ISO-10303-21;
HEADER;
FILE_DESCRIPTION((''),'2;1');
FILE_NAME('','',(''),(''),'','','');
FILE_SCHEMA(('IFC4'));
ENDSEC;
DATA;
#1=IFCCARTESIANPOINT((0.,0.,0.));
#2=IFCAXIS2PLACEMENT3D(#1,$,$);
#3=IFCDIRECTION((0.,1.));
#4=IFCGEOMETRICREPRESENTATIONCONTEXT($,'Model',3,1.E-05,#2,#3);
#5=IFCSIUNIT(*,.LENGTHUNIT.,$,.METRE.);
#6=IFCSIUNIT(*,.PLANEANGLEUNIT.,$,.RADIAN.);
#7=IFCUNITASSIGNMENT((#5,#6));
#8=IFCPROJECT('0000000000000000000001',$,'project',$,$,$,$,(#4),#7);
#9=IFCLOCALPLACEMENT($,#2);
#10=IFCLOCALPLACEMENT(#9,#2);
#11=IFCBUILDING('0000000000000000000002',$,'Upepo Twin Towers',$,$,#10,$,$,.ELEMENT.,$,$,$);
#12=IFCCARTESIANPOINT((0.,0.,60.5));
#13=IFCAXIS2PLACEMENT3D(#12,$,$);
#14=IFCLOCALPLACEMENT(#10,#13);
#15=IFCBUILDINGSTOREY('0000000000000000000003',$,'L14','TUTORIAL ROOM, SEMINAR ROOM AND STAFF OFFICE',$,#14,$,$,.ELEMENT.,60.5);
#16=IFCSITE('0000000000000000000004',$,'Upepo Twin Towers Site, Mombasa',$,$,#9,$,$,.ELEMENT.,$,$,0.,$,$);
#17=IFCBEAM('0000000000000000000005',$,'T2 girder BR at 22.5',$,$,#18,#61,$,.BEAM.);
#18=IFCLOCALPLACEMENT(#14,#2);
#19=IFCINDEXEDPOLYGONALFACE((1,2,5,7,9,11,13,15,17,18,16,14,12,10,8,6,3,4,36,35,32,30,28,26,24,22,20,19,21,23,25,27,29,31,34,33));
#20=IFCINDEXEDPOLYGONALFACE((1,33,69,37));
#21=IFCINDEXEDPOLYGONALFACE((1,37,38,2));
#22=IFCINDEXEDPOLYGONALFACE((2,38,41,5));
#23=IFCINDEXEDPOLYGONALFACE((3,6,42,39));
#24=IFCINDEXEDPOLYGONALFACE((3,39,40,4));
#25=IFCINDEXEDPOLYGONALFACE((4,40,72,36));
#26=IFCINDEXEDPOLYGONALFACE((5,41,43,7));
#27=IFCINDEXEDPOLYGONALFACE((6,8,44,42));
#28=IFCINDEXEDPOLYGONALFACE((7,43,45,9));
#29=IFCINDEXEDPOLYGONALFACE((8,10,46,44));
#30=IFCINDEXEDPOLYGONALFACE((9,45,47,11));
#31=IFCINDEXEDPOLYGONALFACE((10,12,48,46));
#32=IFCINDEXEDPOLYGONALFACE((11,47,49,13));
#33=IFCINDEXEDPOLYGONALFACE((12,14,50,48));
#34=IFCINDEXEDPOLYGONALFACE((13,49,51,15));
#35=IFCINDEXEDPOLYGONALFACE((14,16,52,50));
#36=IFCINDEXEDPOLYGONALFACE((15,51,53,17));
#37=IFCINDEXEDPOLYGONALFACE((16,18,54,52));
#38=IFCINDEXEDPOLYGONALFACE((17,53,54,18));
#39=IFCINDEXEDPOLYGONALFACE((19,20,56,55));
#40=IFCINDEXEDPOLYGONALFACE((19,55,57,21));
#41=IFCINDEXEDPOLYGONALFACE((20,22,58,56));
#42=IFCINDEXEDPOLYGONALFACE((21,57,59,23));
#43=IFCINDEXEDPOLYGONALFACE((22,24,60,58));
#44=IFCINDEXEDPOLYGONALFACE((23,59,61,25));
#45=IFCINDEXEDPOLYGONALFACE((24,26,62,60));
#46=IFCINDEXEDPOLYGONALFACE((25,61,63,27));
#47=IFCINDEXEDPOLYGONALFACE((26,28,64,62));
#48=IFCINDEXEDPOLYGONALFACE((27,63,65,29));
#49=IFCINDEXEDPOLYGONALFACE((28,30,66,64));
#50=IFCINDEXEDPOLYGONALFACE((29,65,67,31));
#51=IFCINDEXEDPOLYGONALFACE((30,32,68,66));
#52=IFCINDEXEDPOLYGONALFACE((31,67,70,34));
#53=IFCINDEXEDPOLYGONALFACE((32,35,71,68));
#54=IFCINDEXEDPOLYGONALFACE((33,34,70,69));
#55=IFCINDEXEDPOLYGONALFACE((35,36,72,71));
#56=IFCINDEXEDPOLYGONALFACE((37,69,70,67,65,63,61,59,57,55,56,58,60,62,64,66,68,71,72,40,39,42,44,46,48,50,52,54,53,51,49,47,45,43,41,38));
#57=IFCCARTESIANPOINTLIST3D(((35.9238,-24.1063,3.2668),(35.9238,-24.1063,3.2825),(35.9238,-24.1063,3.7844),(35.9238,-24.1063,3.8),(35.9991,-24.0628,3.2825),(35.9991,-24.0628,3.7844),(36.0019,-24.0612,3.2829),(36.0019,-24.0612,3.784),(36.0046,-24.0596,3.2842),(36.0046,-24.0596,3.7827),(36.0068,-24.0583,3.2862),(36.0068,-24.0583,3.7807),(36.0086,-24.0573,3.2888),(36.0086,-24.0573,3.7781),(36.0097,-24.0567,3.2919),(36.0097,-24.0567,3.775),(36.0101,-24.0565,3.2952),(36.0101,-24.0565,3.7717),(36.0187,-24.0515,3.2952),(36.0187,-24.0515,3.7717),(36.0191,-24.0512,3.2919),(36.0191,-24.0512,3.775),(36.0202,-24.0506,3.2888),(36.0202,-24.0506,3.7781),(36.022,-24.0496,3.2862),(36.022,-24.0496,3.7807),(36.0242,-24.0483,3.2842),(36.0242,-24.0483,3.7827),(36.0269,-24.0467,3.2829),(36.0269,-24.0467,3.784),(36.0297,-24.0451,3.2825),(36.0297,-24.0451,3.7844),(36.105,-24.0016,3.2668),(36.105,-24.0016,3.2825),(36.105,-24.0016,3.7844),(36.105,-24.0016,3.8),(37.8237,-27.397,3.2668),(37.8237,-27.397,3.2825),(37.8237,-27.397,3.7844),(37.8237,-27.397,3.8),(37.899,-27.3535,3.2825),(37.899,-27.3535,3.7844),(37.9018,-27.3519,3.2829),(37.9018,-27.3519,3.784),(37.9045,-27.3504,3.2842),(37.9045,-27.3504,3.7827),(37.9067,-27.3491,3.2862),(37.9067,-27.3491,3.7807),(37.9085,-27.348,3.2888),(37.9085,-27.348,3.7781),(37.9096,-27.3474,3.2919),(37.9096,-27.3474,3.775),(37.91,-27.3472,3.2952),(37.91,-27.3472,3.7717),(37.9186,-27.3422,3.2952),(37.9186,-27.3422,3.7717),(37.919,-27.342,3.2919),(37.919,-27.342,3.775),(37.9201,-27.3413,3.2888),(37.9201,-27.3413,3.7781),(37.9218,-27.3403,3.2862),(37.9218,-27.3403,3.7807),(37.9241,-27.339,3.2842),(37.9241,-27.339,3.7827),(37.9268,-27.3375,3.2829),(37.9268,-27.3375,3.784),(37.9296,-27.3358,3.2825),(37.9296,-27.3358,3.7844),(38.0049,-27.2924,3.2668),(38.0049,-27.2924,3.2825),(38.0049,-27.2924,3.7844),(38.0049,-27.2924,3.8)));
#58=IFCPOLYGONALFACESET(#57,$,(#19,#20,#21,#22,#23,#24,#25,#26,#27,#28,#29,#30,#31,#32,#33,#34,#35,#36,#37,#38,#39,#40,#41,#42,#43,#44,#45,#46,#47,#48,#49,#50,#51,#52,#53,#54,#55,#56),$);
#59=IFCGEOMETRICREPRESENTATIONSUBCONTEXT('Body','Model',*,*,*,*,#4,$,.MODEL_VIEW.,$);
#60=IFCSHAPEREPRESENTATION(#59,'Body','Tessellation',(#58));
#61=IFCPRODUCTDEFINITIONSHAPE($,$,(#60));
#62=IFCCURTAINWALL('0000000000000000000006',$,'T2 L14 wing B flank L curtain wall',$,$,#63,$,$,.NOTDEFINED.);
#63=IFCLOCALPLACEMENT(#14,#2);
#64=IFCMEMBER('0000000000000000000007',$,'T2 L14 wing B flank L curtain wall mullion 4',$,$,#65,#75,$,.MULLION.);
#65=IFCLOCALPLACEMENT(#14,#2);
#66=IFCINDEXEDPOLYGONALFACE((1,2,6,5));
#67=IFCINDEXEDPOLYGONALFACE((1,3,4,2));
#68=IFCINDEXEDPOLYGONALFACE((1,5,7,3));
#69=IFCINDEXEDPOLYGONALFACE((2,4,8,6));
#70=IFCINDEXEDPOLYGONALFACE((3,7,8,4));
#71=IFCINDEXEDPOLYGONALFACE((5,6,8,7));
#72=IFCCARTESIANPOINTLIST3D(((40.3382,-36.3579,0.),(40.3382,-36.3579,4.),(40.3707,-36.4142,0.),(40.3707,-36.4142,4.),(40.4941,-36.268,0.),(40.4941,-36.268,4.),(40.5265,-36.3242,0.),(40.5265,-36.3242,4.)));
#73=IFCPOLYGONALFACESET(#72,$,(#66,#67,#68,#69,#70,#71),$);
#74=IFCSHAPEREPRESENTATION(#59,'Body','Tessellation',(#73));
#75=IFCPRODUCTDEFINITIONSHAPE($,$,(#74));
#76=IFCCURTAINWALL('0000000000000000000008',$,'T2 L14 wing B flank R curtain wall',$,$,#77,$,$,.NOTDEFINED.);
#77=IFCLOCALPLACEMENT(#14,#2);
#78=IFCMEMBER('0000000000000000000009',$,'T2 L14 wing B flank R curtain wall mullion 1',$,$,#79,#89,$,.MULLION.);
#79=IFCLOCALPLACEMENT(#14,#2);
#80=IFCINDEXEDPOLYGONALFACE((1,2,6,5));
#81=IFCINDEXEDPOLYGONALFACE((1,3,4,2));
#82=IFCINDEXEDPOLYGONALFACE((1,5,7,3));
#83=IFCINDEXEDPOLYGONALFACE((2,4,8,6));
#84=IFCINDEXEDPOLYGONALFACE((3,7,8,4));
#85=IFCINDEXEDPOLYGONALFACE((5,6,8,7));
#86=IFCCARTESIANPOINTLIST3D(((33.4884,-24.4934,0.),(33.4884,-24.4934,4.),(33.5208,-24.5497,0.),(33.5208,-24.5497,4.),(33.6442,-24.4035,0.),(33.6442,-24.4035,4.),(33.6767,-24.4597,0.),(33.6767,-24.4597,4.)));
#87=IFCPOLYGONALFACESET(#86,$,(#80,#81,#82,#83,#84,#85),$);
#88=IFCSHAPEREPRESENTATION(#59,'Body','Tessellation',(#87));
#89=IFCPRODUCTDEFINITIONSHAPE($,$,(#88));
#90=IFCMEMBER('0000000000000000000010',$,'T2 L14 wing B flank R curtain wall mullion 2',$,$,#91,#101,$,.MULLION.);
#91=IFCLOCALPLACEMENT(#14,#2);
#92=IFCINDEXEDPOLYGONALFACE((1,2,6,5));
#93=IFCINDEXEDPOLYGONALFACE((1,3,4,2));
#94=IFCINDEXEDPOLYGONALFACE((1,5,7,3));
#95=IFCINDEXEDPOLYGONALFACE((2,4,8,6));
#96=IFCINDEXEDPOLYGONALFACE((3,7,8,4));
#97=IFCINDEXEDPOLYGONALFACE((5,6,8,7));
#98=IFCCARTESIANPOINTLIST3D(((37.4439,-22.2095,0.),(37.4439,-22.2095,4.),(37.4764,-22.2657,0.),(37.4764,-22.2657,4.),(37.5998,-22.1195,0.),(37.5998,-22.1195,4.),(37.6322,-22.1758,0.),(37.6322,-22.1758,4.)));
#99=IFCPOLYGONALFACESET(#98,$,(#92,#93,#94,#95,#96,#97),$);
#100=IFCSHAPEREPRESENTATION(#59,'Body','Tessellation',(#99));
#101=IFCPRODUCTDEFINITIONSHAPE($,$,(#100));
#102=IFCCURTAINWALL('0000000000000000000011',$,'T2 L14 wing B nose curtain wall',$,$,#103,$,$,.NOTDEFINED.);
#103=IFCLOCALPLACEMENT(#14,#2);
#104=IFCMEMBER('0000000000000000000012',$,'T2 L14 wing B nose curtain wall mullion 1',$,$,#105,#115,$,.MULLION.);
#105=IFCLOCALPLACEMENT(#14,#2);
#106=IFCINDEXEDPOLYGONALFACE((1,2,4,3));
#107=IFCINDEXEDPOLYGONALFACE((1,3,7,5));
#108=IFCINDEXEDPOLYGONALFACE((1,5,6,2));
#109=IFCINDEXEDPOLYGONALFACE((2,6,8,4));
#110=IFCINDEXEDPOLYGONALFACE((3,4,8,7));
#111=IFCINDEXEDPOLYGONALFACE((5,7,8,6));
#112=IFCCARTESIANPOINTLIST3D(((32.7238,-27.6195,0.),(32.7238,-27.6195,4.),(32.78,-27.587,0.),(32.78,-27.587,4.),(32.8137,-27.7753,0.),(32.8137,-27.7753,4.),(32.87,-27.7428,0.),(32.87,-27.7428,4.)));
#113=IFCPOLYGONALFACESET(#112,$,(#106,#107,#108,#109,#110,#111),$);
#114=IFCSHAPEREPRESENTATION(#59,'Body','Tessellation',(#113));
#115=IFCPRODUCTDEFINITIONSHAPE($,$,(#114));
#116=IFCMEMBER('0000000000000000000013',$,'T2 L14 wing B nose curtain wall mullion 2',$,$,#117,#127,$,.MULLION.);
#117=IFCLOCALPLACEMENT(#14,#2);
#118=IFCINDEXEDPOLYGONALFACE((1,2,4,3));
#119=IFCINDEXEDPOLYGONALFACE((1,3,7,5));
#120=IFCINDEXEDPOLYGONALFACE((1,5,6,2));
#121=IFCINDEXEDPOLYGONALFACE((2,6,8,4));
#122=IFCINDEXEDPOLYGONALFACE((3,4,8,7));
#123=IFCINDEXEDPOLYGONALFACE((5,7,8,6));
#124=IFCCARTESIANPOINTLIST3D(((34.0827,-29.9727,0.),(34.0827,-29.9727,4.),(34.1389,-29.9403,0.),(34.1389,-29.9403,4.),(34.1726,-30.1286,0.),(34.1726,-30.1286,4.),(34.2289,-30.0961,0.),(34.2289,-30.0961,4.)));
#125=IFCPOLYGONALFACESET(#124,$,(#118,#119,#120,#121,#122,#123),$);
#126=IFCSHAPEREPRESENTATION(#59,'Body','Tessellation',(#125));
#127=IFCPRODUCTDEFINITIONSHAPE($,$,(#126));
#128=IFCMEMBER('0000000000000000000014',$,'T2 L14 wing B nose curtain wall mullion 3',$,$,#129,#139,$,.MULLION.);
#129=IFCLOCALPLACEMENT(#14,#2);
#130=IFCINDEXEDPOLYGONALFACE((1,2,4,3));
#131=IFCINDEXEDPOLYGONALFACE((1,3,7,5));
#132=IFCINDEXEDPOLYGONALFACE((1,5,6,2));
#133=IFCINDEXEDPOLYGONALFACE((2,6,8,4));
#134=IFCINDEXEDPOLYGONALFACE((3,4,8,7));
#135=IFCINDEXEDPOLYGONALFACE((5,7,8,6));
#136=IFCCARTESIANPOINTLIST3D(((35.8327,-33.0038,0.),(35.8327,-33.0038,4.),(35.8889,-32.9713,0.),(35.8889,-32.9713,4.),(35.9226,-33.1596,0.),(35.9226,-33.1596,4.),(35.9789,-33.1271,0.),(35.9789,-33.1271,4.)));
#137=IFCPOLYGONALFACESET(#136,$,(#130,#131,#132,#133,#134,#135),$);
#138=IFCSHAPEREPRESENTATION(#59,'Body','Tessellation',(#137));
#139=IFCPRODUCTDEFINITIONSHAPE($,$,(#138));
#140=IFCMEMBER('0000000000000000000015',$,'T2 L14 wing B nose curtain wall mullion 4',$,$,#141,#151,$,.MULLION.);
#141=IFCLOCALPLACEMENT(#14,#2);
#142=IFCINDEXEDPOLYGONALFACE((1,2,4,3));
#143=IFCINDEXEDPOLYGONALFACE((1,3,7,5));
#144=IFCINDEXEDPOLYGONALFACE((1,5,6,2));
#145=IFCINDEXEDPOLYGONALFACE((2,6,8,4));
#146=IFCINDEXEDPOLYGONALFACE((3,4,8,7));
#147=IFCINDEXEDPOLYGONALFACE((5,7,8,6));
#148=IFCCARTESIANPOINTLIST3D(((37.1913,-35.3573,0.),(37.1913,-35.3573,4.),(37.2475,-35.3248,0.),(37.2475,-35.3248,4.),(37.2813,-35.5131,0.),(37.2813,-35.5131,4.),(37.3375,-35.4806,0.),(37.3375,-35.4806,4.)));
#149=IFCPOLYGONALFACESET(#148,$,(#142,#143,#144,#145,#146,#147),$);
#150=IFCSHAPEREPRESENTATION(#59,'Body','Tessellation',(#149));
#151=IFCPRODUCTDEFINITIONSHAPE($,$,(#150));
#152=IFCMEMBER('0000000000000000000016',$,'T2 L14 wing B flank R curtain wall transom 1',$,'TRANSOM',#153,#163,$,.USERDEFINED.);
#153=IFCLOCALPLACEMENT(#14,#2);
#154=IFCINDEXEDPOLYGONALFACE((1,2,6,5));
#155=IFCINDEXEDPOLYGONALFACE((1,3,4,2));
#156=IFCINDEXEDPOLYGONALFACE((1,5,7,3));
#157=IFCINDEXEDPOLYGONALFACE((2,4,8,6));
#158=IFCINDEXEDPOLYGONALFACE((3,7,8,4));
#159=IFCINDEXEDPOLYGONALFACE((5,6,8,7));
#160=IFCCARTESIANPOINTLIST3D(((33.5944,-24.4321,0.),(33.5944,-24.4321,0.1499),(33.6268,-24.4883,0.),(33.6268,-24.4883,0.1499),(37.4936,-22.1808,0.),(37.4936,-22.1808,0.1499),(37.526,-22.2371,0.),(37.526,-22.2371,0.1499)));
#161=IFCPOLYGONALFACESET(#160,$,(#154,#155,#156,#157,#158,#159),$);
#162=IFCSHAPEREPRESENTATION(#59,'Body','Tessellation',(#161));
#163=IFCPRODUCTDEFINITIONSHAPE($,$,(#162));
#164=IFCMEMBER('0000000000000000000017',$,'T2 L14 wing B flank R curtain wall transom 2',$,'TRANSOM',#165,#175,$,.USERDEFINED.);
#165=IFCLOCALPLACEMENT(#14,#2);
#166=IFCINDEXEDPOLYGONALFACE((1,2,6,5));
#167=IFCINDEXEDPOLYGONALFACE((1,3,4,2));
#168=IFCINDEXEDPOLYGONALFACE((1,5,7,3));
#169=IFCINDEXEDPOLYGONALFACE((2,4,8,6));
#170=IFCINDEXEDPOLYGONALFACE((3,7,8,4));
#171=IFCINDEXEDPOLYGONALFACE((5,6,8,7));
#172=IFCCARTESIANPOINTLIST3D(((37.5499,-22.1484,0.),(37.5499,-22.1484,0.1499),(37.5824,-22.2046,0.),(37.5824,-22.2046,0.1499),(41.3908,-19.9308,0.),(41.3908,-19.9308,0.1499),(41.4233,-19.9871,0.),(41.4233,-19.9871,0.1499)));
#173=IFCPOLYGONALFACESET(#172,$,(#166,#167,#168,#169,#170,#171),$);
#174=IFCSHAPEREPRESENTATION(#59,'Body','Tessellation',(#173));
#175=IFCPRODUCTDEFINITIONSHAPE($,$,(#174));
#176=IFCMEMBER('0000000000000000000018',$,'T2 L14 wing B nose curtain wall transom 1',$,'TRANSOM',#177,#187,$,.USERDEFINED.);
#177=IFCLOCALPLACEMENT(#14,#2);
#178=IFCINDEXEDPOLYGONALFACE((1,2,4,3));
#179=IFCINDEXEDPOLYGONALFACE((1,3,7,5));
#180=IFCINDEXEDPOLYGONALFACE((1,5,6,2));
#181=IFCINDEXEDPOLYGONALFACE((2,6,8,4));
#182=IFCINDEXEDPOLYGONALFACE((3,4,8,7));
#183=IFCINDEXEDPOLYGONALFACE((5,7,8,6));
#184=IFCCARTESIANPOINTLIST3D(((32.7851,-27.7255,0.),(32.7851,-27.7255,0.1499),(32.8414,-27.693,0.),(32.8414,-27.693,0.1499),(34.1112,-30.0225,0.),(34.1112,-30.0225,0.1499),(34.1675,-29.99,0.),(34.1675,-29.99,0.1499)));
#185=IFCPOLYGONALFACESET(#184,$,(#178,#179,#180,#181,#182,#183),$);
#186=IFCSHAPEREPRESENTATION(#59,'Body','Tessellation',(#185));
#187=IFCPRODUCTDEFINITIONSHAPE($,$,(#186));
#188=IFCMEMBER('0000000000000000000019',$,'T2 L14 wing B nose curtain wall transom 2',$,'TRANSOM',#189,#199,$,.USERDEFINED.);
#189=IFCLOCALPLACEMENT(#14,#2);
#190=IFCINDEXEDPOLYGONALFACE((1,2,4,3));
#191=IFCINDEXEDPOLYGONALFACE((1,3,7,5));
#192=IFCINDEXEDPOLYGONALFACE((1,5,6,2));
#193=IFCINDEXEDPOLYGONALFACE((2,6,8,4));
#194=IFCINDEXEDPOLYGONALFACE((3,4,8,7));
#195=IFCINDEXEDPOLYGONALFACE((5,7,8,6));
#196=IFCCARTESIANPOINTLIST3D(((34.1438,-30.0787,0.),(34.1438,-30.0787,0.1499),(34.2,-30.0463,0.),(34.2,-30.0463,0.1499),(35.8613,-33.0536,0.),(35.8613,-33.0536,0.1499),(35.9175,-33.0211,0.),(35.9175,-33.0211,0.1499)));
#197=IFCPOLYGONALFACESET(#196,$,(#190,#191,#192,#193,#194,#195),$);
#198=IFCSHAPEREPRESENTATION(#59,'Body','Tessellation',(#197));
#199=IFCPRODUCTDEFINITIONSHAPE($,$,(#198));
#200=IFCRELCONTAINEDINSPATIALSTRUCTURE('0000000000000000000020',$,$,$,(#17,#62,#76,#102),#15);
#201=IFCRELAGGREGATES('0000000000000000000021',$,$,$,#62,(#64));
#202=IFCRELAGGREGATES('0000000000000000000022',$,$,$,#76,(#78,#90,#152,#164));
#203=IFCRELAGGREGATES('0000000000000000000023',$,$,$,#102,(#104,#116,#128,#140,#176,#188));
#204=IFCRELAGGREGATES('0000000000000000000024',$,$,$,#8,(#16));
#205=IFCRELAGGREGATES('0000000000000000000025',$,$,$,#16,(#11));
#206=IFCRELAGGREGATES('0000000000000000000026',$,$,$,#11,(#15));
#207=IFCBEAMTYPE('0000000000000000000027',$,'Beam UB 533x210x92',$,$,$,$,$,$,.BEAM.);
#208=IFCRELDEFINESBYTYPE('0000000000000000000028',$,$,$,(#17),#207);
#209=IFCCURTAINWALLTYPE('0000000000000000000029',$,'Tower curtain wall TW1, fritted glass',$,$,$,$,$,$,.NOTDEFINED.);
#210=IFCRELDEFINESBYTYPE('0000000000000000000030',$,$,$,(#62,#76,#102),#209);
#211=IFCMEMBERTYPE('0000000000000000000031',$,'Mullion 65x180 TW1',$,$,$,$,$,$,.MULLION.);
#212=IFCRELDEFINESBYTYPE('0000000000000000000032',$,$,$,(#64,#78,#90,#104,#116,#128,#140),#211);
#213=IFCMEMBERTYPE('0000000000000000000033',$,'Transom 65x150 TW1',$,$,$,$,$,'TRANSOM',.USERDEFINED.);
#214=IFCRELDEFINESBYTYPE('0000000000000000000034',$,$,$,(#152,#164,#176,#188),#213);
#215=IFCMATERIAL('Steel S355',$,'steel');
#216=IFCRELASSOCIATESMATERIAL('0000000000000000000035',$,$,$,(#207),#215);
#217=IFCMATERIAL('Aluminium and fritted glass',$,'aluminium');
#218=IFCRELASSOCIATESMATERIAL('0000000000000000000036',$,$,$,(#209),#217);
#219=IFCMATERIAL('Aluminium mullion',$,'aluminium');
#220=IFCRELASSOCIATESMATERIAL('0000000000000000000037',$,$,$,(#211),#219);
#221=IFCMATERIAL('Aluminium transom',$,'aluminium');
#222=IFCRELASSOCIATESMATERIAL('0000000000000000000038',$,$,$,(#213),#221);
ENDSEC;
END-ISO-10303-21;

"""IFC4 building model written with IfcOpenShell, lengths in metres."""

from ifc_helpers import new_model, si_unit, direction, frame, origin, origin_2d, place, context, subcontext, project, spatial, rectangle, i_section, extrude, material, material_profile, profile_set, type_object, element, aggregate, save


model = new_model("IFC4")

# Units and contexts
model_context = context("Model", 3, precision=1e-05, world=origin(), true_north=direction((0.0, 1.0)))
body_context = subcontext(model_context, "Body", "Model", "MODEL_VIEW")
ifc_project = project(units=[si_unit("LENGTHUNIT", "METRE"), si_unit("PLANEANGLEUNIT", "RADIAN")], contexts=[model_context])

# Site, building, storey
site_placement = place(None, origin())
site = spatial("IfcSite", under=ifc_project, at=site_placement, Name="Upepo Twin Towers Site, Mombasa", CompositionType="ELEMENT", RefElevation=0.0)
building_placement = place(site_placement, origin())
building = spatial("IfcBuilding", under=site, at=building_placement, Name="Upepo Twin Towers", CompositionType="ELEMENT")
storey_placement = place(building_placement, frame((0.0, 0.0, 60.5)))
storey = spatial("IfcBuildingStorey", under=building, at=storey_placement, Name="L14", Description="TUTORIAL ROOM, SEMINAR ROOM AND STAFF OFFICE", CompositionType="ELEMENT", Elevation=60.5)

# Beam
ifc_material_1 = material(Name="Steel S355", Category="steel")
ifc_material_profile_1 = material_profile(ifc_material_1, i_section(OverallWidth=0.2092, OverallDepth=0.5332, WebThickness=0.01, FlangeThickness=0.0156, FilletRadius=0.0127, at=origin_2d()), Name="UB 533x210x92")
ifc_profile_set_1 = profile_set([ifc_material_profile_1], Name="Steel S355")
beam_type_1 = type_object("IfcBeamType", Name="Beam UB 533x210x92", PredefinedType="BEAM", material=ifc_profile_set_1)
beam_1_placement = place(storey_placement, frame((36.0144, -24.054, 3.5334), z_axis=(0.499995, -0.866028, 0.0), x_axis=(0.866028, 0.499995, 0.0)))
element("IfcBeam", 1, at=beam_1_placement, inside=storey, type_object=beam_type_1, Name="T2 girder BR at 22.5", PredefinedType="BEAM", context=body_context, shape_type="SweptSolid", body=[
    extrude(i_section(OverallWidth=0.2092, OverallDepth=0.5332, WebThickness=0.01, FlangeThickness=0.0156, FilletRadius=0.0127, at=origin_2d()), origin(), (0.0, 0.0, 1.0), 3.7998),
])

# Curtain wall, member
ifc_material_2 = material(Name="Aluminium and fritted glass", Category="aluminium")
curtain_wall_type = type_object("IfcCurtainWallType", Name="Tower curtain wall TW1, fritted glass", PredefinedType="NOTDEFINED", material=ifc_material_2)
curtain_wall_1_placement = place(storey_placement, origin())
curtain_wall_1 = element("IfcCurtainWall", 2, at=curtain_wall_1_placement, inside=storey, type_object=curtain_wall_type, Name="T2 L14 wing B flank L curtain wall", PredefinedType="NOTDEFINED")
ifc_material_3 = material(Name="Aluminium mullion", Category="aluminium")
ifc_material_profile_2 = material_profile(ifc_material_3, rectangle(XDim=0.0649, YDim=0.1799, at=origin_2d()), Name="MULLION 65x180")
ifc_profile_set_2 = profile_set([ifc_material_profile_2], Name="Aluminium mullion")
member_type_1 = type_object("IfcMemberType", Name="Mullion 65x180 TW1", PredefinedType="MULLION", material=ifc_profile_set_2)
member_1_placement = place(storey_placement, frame((40.4324, -36.3411, 0.0), z_axis=(0.0, 0.0, 1.0), x_axis=(0.5, -0.866025, 0.0)))
member_1 = element("IfcMember", 3, at=member_1_placement, type_object=member_type_1, Name="T2 L14 wing B flank L curtain wall mullion 4", PredefinedType="MULLION", context=body_context, shape_type="SweptSolid", body=[
    extrude(rectangle(XDim=0.0649, YDim=0.1799, at=origin_2d()), origin(), (0.0, 0.0, 1.0), 4.0),
])
aggregate(curtain_wall_1, [member_1])

# Curtain walls, members
curtain_wall_2_placement = place(storey_placement, origin())
curtain_wall_2 = element("IfcCurtainWall", 4, at=curtain_wall_2_placement, inside=storey, type_object=curtain_wall_type, Name="T2 L14 wing B flank R curtain wall", PredefinedType="NOTDEFINED")
member_2_placement = place(storey_placement, frame((33.5825, -24.4766, 0.0), z_axis=(0.0, 0.0, 1.0), x_axis=(-0.5, 0.866025, 0.0)))
member_2 = element("IfcMember", 5, at=member_2_placement, type_object=member_type_1, Name="T2 L14 wing B flank R curtain wall mullion 1", PredefinedType="MULLION", context=body_context, shape_type="SweptSolid", body=[
    extrude(rectangle(XDim=0.0649, YDim=0.1799, at=origin_2d()), origin(), (0.0, 0.0, 1.0), 4.0),
])
member_3_placement = place(storey_placement, frame((37.5381, -22.1926, 0.0), z_axis=(0.0, 0.0, 1.0), x_axis=(-0.5, 0.866025, 0.0)))
member_3 = element("IfcMember", 6, at=member_3_placement, type_object=member_type_1, Name="T2 L14 wing B flank R curtain wall mullion 2", PredefinedType="MULLION", context=body_context, shape_type="SweptSolid", body=[
    extrude(rectangle(XDim=0.0649, YDim=0.1799, at=origin_2d()), origin(), (0.0, 0.0, 1.0), 4.0),
])
curtain_wall_3_placement = place(storey_placement, origin())
curtain_wall_3 = element("IfcCurtainWall", 7, at=curtain_wall_3_placement, inside=storey, type_object=curtain_wall_type, Name="T2 L14 wing B nose curtain wall", PredefinedType="NOTDEFINED")
member_4_placement = place(storey_placement, frame((32.7969, -27.6812, 0.0), z_axis=(0.0, 0.0, 1.0), x_axis=(0.866025, 0.5, 0.0)))
member_4 = element("IfcMember", 8, at=member_4_placement, type_object=member_type_1, Name="T2 L14 wing B nose curtain wall mullion 1", PredefinedType="MULLION", context=body_context, shape_type="SweptSolid", body=[
    extrude(rectangle(XDim=0.0649, YDim=0.1799, at=origin_2d()), origin(), (0.0, 0.0, 1.0), 4.0),
])
member_5_placement = place(storey_placement, frame((34.1558, -30.0344, 0.0), z_axis=(0.0, 0.0, 1.0), x_axis=(0.866025, 0.5, 0.0)))
member_5 = element("IfcMember", 9, at=member_5_placement, type_object=member_type_1, Name="T2 L14 wing B nose curtain wall mullion 2", PredefinedType="MULLION", context=body_context, shape_type="SweptSolid", body=[
    extrude(rectangle(XDim=0.0649, YDim=0.1799, at=origin_2d()), origin(), (0.0, 0.0, 1.0), 4.0),
])
member_6_placement = place(storey_placement, frame((35.9058, -33.0654, 0.0), z_axis=(0.0, 0.0, 1.0), x_axis=(0.866025, 0.5, 0.0)))
member_6 = element("IfcMember", 10, at=member_6_placement, type_object=member_type_1, Name="T2 L14 wing B nose curtain wall mullion 3", PredefinedType="MULLION", context=body_context, shape_type="SweptSolid", body=[
    extrude(rectangle(XDim=0.0649, YDim=0.1799, at=origin_2d()), origin(), (0.0, 0.0, 1.0), 4.0),
])
member_7_placement = place(storey_placement, frame((37.2644, -35.4189, 0.0), z_axis=(0.0, 0.0, 1.0), x_axis=(0.866025, 0.5, 0.0)))
member_7 = element("IfcMember", 11, at=member_7_placement, type_object=member_type_1, Name="T2 L14 wing B nose curtain wall mullion 4", PredefinedType="MULLION", context=body_context, shape_type="SweptSolid", body=[
    extrude(rectangle(XDim=0.0649, YDim=0.1799, at=origin_2d()), origin(), (0.0, 0.0, 1.0), 4.0),
])

# Members
ifc_material_4 = material(Name="Aluminium transom", Category="aluminium")
ifc_material_profile_3 = material_profile(ifc_material_4, rectangle(XDim=0.0649, YDim=0.1499, at=origin_2d()), Name="TRANSOM 65x150")
ifc_profile_set_3 = profile_set([ifc_material_profile_3], Name="Aluminium transom")
member_type_2 = type_object("IfcMemberType", Name="Transom 65x150 TW1", ElementType="TRANSOM", PredefinedType="USERDEFINED", material=ifc_profile_set_3)
member_8_placement = place(storey_placement, frame((33.6106, -24.4602, 0.075), z_axis=(0.866022, 0.500006, 0.0), x_axis=(-0.500006, 0.866022, 0.0)))
member_8 = element("IfcMember", 12, at=member_8_placement, type_object=member_type_2, Name="T2 L14 wing B flank R curtain wall transom 1", ObjectType="TRANSOM", PredefinedType="USERDEFINED", context=body_context, shape_type="SweptSolid", body=[
    extrude(rectangle(XDim=0.0649, YDim=0.1499, at=origin_2d()), origin(), (0.0, 0.0, 1.0), 4.5024),
])
member_9_placement = place(storey_placement, frame((37.5662, -22.1765, 0.075), z_axis=(0.866022, 0.500005, 0.0), x_axis=(-0.500005, 0.866022, 0.0)))
member_9 = element("IfcMember", 13, at=member_9_placement, type_object=member_type_2, Name="T2 L14 wing B flank R curtain wall transom 2", ObjectType="TRANSOM", PredefinedType="USERDEFINED", context=body_context, shape_type="SweptSolid", body=[
    extrude(rectangle(XDim=0.0649, YDim=0.1499, at=origin_2d()), origin(), (0.0, 0.0, 1.0), 4.4351),
])
member_10_placement = place(storey_placement, frame((32.8132, -27.7092, 0.075), z_axis=(0.49998, -0.866037, 0.0), x_axis=(0.866037, 0.49998, 0.0)))
member_10 = element("IfcMember", 14, at=member_10_placement, type_object=member_type_2, Name="T2 L14 wing B nose curtain wall transom 1", ObjectType="TRANSOM", PredefinedType="USERDEFINED", context=body_context, shape_type="SweptSolid", body=[
    extrude(rectangle(XDim=0.0649, YDim=0.1499, at=origin_2d()), origin(), (0.0, 0.0, 1.0), 2.6523),
])
member_11_placement = place(storey_placement, frame((34.1719, -30.0625, 0.075), z_axis=(0.499999, -0.866026, 0.0), x_axis=(0.866026, 0.499999, 0.0)))
member_11 = element("IfcMember", 15, at=member_11_placement, type_object=member_type_2, Name="T2 L14 wing B nose curtain wall transom 2", ObjectType="TRANSOM", PredefinedType="USERDEFINED", context=body_context, shape_type="SweptSolid", body=[
    extrude(rectangle(XDim=0.0649, YDim=0.1499, at=origin_2d()), origin(), (0.0, 0.0, 1.0), 3.4351),
])

aggregate(curtain_wall_2, [member_2, member_3, member_8, member_9])
aggregate(curtain_wall_3, [member_4, member_5, member_6, member_7, member_10, member_11])

save(model, "model.ifc")
